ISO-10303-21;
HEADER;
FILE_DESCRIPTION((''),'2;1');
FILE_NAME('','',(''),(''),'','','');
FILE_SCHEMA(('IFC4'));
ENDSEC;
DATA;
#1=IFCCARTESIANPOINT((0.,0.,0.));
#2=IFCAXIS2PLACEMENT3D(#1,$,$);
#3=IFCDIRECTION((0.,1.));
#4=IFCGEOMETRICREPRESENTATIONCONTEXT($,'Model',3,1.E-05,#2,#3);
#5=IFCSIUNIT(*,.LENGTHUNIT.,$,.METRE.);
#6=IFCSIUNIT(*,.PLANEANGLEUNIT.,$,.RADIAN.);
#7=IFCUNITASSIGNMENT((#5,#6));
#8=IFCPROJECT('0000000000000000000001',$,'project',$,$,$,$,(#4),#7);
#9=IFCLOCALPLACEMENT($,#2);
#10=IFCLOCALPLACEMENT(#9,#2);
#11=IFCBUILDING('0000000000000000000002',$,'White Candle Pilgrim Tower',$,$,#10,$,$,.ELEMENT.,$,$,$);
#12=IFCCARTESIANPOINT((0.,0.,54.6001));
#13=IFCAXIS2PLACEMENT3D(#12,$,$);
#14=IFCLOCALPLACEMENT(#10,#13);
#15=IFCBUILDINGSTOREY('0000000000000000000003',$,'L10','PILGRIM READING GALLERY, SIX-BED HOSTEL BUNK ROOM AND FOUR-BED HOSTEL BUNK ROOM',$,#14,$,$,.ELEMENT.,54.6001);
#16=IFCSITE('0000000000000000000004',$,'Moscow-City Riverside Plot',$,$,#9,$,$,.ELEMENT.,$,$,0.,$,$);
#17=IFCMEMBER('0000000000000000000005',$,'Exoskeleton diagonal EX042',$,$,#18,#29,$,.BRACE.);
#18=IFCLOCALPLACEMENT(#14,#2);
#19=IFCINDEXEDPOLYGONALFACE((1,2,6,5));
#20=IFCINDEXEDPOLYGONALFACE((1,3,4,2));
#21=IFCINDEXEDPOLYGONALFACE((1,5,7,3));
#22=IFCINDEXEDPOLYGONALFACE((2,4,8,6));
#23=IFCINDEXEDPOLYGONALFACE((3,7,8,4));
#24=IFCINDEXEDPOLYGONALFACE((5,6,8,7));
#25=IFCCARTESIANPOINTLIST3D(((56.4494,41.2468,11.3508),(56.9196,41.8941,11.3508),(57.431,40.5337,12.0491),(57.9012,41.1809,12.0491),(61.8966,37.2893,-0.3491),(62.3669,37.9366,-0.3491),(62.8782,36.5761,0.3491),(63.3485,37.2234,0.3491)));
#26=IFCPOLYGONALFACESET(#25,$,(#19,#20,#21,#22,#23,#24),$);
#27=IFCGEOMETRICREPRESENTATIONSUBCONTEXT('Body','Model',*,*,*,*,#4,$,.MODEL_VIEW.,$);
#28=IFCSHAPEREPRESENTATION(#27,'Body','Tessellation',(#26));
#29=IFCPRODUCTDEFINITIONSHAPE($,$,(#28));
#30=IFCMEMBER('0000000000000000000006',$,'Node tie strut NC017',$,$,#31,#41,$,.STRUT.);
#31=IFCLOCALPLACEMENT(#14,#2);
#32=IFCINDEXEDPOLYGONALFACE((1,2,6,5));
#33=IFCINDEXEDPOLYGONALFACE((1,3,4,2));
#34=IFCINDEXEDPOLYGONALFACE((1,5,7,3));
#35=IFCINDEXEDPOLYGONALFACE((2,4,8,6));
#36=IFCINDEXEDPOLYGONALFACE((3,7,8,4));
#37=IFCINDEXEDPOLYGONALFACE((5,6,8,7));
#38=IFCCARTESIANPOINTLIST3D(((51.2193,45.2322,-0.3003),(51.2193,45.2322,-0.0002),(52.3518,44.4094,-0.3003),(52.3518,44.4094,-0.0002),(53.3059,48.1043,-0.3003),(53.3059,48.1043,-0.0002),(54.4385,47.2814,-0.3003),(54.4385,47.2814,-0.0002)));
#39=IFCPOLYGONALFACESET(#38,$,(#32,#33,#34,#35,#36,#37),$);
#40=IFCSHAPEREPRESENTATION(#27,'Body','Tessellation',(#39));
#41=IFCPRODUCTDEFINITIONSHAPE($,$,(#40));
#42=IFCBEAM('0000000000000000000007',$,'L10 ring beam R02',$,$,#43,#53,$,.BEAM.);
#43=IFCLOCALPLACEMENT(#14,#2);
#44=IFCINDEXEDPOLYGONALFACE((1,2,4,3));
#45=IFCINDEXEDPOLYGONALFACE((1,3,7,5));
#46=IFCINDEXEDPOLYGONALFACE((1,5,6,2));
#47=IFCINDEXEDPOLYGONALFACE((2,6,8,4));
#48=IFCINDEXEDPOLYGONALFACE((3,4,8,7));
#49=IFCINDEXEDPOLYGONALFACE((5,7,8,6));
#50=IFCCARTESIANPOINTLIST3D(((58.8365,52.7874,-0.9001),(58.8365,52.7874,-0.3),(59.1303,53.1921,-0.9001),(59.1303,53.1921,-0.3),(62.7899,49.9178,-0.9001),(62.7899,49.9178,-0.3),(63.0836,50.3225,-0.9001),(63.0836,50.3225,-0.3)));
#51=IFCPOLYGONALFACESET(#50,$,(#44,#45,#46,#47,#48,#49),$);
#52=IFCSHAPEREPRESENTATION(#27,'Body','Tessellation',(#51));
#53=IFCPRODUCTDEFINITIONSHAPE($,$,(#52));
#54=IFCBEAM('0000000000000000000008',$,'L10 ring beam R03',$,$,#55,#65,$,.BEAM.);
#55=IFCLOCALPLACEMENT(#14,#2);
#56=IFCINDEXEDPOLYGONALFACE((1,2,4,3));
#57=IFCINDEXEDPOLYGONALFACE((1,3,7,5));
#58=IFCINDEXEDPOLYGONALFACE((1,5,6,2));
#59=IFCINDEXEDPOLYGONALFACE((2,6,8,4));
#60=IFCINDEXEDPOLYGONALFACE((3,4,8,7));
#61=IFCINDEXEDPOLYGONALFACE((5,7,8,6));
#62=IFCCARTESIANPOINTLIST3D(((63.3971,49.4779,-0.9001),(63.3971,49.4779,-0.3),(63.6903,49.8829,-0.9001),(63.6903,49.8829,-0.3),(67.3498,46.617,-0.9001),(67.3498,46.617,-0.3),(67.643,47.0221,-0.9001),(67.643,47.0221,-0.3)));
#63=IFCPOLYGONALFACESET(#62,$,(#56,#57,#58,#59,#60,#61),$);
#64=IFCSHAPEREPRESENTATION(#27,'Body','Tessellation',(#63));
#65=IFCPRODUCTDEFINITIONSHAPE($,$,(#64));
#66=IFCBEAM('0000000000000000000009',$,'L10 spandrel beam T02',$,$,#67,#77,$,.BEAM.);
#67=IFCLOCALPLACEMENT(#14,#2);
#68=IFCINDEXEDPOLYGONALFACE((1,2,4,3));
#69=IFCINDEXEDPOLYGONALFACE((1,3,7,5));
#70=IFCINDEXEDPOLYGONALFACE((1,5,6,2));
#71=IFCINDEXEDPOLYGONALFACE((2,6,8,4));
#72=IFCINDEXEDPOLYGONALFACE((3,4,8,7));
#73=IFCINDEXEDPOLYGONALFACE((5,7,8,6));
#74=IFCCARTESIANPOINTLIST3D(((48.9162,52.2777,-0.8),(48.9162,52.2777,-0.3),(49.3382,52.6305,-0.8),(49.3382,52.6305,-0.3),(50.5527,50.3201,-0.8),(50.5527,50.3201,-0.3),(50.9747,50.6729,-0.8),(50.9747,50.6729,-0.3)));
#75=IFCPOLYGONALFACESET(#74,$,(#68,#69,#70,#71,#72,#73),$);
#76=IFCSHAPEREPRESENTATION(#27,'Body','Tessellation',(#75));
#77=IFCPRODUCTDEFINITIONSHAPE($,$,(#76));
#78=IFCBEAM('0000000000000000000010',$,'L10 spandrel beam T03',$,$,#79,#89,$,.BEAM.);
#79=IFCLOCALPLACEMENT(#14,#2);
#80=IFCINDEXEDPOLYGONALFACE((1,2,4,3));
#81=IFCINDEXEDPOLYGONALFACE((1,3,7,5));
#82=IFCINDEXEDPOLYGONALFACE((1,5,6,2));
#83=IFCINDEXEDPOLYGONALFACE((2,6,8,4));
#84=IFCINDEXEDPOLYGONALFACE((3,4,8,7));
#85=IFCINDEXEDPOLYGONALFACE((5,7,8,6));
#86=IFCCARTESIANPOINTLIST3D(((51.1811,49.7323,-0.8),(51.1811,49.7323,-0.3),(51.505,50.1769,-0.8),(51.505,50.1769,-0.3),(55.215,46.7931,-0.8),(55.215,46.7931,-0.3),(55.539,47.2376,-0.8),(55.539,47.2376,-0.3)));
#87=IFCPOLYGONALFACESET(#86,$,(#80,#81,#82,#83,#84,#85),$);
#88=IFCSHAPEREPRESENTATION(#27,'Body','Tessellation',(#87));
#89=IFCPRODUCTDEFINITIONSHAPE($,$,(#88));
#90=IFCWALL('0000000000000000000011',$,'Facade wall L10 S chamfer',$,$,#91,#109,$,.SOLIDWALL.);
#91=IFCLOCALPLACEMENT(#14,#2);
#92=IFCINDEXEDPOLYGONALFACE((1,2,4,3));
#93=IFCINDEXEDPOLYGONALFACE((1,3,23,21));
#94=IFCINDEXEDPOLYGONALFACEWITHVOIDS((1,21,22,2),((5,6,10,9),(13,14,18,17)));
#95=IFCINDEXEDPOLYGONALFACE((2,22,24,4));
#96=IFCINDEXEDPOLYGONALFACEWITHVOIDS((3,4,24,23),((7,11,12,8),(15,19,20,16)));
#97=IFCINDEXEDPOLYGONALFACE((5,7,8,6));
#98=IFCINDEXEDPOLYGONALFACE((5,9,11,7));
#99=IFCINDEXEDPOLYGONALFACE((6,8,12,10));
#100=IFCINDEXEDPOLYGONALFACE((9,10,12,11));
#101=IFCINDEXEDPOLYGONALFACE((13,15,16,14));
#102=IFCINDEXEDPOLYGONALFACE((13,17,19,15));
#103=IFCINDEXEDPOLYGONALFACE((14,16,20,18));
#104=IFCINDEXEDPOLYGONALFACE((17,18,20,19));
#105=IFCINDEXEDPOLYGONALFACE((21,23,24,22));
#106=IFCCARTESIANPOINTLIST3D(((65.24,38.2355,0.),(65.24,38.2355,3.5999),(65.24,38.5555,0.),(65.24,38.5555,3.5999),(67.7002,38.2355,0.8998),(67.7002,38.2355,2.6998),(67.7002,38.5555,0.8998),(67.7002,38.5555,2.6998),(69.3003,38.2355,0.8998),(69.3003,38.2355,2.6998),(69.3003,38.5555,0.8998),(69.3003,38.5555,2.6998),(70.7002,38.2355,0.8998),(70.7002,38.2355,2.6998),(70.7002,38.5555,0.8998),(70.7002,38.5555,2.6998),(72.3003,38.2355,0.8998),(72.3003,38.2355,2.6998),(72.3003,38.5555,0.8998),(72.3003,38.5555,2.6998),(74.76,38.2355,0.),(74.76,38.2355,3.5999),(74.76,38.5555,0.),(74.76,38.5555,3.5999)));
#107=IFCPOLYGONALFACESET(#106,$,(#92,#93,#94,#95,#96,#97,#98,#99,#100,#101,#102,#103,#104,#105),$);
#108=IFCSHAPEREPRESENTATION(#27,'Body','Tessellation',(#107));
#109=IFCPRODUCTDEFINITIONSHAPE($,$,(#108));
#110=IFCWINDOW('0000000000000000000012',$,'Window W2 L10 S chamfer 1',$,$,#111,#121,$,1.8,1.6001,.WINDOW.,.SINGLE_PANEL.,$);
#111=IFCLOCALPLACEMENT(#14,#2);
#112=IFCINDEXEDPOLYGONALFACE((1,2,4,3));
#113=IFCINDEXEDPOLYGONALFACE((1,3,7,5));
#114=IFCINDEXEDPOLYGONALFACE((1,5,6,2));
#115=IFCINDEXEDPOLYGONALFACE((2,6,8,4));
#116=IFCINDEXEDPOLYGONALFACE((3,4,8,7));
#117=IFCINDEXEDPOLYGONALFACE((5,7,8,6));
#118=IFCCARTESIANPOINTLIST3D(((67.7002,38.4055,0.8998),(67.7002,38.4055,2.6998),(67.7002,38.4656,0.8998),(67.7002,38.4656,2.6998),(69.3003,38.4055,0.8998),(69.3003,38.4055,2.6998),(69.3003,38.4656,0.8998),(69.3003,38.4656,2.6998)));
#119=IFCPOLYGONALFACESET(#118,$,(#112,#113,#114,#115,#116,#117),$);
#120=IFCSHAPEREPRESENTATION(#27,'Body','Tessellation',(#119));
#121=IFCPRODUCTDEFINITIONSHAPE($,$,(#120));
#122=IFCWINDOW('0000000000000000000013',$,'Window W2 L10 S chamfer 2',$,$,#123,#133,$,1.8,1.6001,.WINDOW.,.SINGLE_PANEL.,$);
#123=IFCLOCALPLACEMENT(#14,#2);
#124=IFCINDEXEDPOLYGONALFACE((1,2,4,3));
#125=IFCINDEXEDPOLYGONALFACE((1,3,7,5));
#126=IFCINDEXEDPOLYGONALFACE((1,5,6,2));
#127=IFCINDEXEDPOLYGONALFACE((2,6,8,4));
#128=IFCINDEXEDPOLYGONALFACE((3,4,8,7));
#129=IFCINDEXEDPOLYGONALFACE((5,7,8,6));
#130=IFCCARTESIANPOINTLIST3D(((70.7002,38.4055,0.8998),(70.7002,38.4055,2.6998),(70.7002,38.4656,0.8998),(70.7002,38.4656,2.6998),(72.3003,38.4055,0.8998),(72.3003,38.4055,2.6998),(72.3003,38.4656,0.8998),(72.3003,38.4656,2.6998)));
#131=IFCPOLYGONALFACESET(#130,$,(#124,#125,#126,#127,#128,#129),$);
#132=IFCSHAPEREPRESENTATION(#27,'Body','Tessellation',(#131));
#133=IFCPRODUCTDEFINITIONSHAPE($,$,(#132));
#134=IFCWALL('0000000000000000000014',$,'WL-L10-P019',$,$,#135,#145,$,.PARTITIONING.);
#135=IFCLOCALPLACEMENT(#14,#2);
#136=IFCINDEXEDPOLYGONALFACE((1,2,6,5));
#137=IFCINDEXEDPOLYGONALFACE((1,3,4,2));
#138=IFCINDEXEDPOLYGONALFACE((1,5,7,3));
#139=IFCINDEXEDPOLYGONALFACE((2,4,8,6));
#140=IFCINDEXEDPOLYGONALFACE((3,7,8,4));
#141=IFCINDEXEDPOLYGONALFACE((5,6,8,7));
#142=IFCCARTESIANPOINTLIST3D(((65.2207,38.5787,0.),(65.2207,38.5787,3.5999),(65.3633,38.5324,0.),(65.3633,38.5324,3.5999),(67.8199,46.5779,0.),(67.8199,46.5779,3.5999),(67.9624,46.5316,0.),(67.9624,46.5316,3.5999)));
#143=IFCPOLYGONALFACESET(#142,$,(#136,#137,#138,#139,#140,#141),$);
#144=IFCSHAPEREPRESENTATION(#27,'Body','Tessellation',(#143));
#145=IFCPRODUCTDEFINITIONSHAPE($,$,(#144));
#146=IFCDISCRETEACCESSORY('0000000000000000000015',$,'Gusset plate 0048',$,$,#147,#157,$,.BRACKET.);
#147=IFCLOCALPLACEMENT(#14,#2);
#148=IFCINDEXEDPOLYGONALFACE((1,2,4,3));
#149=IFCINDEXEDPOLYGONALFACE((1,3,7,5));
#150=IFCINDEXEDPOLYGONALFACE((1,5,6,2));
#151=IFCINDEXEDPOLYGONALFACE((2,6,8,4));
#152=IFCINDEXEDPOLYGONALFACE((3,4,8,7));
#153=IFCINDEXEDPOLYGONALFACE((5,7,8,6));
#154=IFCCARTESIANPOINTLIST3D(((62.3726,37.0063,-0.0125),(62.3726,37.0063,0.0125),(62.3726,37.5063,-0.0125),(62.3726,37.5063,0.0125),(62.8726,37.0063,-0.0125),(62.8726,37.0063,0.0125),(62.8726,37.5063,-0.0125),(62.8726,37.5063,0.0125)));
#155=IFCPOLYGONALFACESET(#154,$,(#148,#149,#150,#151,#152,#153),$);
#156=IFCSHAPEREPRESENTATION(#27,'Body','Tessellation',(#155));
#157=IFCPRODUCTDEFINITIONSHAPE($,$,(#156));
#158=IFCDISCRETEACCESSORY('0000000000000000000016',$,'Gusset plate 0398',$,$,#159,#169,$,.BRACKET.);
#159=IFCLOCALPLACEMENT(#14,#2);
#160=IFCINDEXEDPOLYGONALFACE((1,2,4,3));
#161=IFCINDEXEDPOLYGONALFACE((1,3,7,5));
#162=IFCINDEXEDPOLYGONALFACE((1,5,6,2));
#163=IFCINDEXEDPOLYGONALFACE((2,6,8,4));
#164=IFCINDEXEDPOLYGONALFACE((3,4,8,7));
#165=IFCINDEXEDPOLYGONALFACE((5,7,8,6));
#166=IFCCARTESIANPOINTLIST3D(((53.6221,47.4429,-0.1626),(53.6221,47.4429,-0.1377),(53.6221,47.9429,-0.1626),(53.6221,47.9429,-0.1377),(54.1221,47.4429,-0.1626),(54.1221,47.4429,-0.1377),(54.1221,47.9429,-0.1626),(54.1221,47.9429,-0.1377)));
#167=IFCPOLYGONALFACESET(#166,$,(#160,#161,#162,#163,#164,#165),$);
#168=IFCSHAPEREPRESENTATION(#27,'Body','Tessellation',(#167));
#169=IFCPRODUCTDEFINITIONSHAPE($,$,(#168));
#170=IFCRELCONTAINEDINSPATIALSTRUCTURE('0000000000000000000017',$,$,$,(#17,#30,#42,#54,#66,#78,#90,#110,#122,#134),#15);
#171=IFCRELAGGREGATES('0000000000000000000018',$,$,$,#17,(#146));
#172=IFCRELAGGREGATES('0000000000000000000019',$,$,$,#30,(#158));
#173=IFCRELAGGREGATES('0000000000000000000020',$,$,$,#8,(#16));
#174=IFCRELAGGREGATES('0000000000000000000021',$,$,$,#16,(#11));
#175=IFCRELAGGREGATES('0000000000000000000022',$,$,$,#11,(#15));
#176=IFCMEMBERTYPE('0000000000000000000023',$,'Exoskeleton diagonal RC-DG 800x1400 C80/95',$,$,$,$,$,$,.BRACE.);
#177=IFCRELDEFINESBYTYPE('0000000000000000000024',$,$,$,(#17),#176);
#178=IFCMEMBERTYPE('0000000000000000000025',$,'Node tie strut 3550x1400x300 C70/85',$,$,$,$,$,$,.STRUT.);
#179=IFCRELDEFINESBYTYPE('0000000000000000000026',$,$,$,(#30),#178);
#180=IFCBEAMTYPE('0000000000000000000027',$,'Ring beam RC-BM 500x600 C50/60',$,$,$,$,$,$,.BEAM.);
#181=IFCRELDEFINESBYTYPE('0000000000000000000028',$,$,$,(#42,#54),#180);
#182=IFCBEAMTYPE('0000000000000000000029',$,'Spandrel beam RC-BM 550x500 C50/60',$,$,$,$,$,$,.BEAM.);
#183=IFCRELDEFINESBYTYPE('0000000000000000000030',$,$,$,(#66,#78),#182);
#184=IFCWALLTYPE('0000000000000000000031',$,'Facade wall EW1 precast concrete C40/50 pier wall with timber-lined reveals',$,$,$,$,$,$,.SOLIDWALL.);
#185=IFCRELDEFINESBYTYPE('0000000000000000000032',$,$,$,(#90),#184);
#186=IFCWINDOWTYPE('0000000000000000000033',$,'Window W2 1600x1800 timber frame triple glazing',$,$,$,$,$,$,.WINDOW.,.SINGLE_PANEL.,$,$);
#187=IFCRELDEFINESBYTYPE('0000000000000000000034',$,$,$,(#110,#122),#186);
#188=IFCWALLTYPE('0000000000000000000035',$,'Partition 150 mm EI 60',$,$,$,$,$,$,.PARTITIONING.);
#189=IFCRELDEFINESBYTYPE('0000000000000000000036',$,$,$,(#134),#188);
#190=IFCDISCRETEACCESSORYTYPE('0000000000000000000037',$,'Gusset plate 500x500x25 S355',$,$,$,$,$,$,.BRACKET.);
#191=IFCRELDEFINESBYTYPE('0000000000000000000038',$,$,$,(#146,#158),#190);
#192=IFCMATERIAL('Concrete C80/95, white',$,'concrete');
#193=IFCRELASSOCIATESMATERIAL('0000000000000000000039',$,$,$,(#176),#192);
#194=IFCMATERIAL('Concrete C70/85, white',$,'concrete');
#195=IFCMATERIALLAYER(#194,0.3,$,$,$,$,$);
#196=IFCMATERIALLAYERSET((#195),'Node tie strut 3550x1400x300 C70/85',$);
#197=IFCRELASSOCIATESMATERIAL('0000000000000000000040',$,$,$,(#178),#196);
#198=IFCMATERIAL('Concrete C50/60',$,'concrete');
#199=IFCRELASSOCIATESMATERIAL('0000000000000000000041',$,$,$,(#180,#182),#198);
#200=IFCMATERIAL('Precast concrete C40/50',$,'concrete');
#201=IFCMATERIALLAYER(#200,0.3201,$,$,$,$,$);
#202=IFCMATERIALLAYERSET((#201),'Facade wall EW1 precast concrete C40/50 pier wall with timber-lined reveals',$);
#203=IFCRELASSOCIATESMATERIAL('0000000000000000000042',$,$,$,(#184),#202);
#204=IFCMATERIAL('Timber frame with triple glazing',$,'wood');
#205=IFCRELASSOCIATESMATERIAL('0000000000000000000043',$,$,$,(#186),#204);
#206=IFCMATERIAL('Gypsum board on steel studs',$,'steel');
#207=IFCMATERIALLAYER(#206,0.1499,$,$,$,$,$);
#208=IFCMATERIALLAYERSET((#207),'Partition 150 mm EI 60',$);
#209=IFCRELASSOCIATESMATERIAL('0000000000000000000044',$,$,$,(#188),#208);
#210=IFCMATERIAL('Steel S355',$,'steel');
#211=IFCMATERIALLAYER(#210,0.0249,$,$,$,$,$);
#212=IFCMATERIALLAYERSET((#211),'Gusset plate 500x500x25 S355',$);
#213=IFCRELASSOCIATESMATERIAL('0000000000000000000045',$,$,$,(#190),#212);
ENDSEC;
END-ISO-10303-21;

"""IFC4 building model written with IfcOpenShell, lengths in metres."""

from ifc_helpers import new_model, si_unit, direction, frame, frame_2d, origin, origin_2d, place, context, subcontext, project, spatial, rectangle, extrude, material, layer, layer_set, material_profile, profile_set, type_object, element, fill, aggregate, save


model = new_model("IFC4")

# Units and contexts
model_context = context("Model", 3, precision=1e-05, world=origin(), true_north=direction((0.0, 1.0)))
body_context = subcontext(model_context, "Body", "Model", "MODEL_VIEW")
ifc_project = project(units=[si_unit("LENGTHUNIT", "METRE"), si_unit("PLANEANGLEUNIT", "RADIAN")], contexts=[model_context])

# Site, building, storey
site_placement = place(None, origin())
site = spatial("IfcSite", under=ifc_project, at=site_placement, Name="Moscow-City Riverside Plot", CompositionType="ELEMENT", RefElevation=0.0)
building_placement = place(site_placement, origin())
building = spatial("IfcBuilding", under=site, at=building_placement, Name="White Candle Pilgrim Tower", CompositionType="ELEMENT")
storey_placement = place(building_placement, frame((0.0, 0.0, 54.6001)))
storey = spatial("IfcBuildingStorey", under=building, at=storey_placement, Name="L10", Description="PILGRIM READING GALLERY, SIX-BED HOSTEL BUNK ROOM AND FOUR-BED HOSTEL BUNK ROOM", CompositionType="ELEMENT", Elevation=54.6001)

# Members
ifc_material_1 = material(Name="Concrete C80/95, white", Category="concrete")
ifc_material_profile_1 = material_profile(ifc_material_1, rectangle(XDim=0.8, YDim=1.3999, at=origin_2d()), Name="RC-DG 800x1400")
ifc_profile_set_1 = profile_set([ifc_material_profile_1], Name="Concrete C80/95, white")
member_type_1 = type_object("IfcMemberType", Name="Exoskeleton diagonal RC-DG 800x1400 C80/95", PredefinedType="BRACE", material=ifc_profile_set_1)
member_1_placement = place(storey_placement, frame((62.6226, 37.2563, 0.0), z_axis=(-0.40353, 0.293171, 0.866726), x_axis=(-0.587771, -0.809028, 0.0)))
member_1 = element("IfcMember", 1, at=member_1_placement, inside=storey, type_object=member_type_1, Name="Exoskeleton diagonal EX042", PredefinedType="BRACE", context=body_context, shape_type="SweptSolid", body=[
    extrude(rectangle(XDim=0.8, YDim=1.3999, at=origin_2d()), origin(), (0.0, 0.0, 1.0), 13.499),
])
ifc_material_2 = material(Name="Concrete C70/85, white", Category="concrete")
ifc_layer_1 = layer(ifc_material_2, 0.3)
ifc_layer_set_1 = layer_set([ifc_layer_1], Name="Node tie strut 3550x1400x300 C70/85")
member_type_2 = type_object("IfcMemberType", Name="Node tie strut 3550x1400x300 C70/85", PredefinedType="STRUT", material=ifc_layer_set_1)
member_2_placement = place(storey_placement, frame((52.8289, 46.2568, -0.3003), z_axis=(0.0, 0.0, 1.0), x_axis=(0.809017, -0.587785, 0.0)))
member_2 = element("IfcMember", 2, at=member_2_placement, inside=storey, type_object=member_type_2, Name="Node tie strut NC017", PredefinedType="STRUT", context=body_context, shape_type="SweptSolid", body=[
    extrude(rectangle(XDim=1.3999, YDim=3.55, at=origin_2d()), origin(), (0.0, 0.0, 1.0), 0.3),
])

# Beams
ifc_material_3 = material(Name="Concrete C50/60", Category="concrete")
ifc_material_profile_2 = material_profile(ifc_material_3, rectangle(XDim=0.5, YDim=0.6001, at=origin_2d()), Name="RC-BM 500x600")
ifc_profile_set_2 = profile_set([ifc_material_profile_2], Name="Concrete C50/60")
beam_type_1 = type_object("IfcBeamType", Name="Ring beam RC-BM 500x600 C50/60", PredefinedType="BEAM", material=ifc_profile_set_2)
beam_1_placement = place(storey_placement, frame((58.9834, 52.9897, -0.6001), z_axis=(0.809276, -0.587429, 0.0), x_axis=(0.587429, 0.809276, 0.0)))
element("IfcBeam", 3, at=beam_1_placement, inside=storey, type_object=beam_type_1, Name="L10 ring beam R02", PredefinedType="BEAM", context=body_context, shape_type="SweptSolid", body=[
    extrude(rectangle(XDim=0.5, YDim=0.6001, at=origin_2d()), origin(), (0.0, 0.0, 1.0), 4.885),
])
beam_2_placement = place(storey_placement, frame((63.5437, 49.6804, -0.6001), z_axis=(0.81008, -0.58632, 0.0), x_axis=(0.58632, 0.81008, 0.0)))
element("IfcBeam", 4, at=beam_2_placement, inside=storey, type_object=beam_type_1, Name="L10 ring beam R03", PredefinedType="BEAM", context=body_context, shape_type="SweptSolid", body=[
    extrude(rectangle(XDim=0.5, YDim=0.6001, at=origin_2d()), origin(), (0.0, 0.0, 1.0), 4.8794),
])
ifc_material_profile_3 = material_profile(ifc_material_3, rectangle(XDim=0.55, YDim=0.5, at=origin_2d()), Name="RC-BM 550x500")
ifc_profile_set_3 = profile_set([ifc_material_profile_3], Name="Concrete C50/60")
beam_type_2 = type_object("IfcBeamType", Name="Spandrel beam RC-BM 550x500 C50/60", PredefinedType="BEAM", material=ifc_profile_set_3)
beam_3_placement = place(storey_placement, frame((49.1272, 52.4541, -0.55), z_axis=(0.641388, -0.767216, 0.0), x_axis=(0.767216, 0.641388, 0.0)))
element("IfcBeam", 5, at=beam_3_placement, inside=storey, type_object=beam_type_2, Name="L10 spandrel beam T02", PredefinedType="BEAM", context=body_context, shape_type="SweptSolid", body=[
    extrude(rectangle(XDim=0.55, YDim=0.5, at=origin_2d()), origin(), (0.0, 0.0, 1.0), 2.5515),
])
beam_4_placement = place(storey_placement, frame((51.343, 49.9546, -0.55), z_axis=(0.808218, -0.588884, 0.0), x_axis=(0.588884, 0.808218, 0.0)))
element("IfcBeam", 6, at=beam_4_placement, inside=storey, type_object=beam_type_2, Name="L10 spandrel beam T03", PredefinedType="BEAM", context=body_context, shape_type="SweptSolid", body=[
    extrude(rectangle(XDim=0.55, YDim=0.5, at=origin_2d()), origin(), (0.0, 0.0, 1.0), 4.9912),
])

# Wall, openings, windows
ifc_material_4 = material(Name="Precast concrete C40/50", Category="concrete")
ifc_layer_2 = layer(ifc_material_4, 0.3201)
ifc_layer_set_2 = layer_set([ifc_layer_2], Name="Facade wall EW1 precast concrete C40/50 pier wall with timber-lined reveals")
wall_type_1 = type_object("IfcWallType", Name="Facade wall EW1 precast concrete C40/50 pier wall with timber-lined reveals", PredefinedType="SOLIDWALL", material=ifc_layer_set_2)
wall_1_placement = place(storey_placement, frame((65.24, 38.3955, 0.0), z_axis=(0.0, 0.0, 1.0), x_axis=(1.0, 0.0, 0.0)))
wall_1 = element("IfcWall", 7, at=wall_1_placement, inside=storey, type_object=wall_type_1, Name="Facade wall L10 S chamfer", PredefinedType="SOLIDWALL", context=body_context, shape_type="SweptSolid", body=[
    extrude(rectangle(XDim=9.52, YDim=0.3201, at=frame_2d((4.76, 0.0))), origin(), (0.0, 0.0, 1.0), 3.5999),
])
opening_1_placement = place(wall_1_placement, frame((2.4602, 0.0, 0.8999)))
opening_1 = element("IfcOpeningElement", 8, at=opening_1_placement, cuts=wall_1, PredefinedType="OPENING", context=body_context, shape_type="SweptSolid", body=[
    extrude(rectangle(XDim=1.6001, YDim=1.8, at=frame_2d((0.8, 0.8999))), frame((0.0, 0.1699, 0.0), z_axis=(0.0, -1.0, 0.0), x_axis=(1.0, 0.0, 0.0)), (0.0, 0.0, 1.0), 0.3401),
])
opening_2_placement = place(wall_1_placement, frame((5.4602, 0.0, 0.8999)))
opening_2 = element("IfcOpeningElement", 9, at=opening_2_placement, cuts=wall_1, PredefinedType="OPENING", context=body_context, shape_type="SweptSolid", body=[
    extrude(rectangle(XDim=1.6001, YDim=1.8, at=frame_2d((0.8, 0.8999))), frame((0.0, 0.1699, 0.0), z_axis=(0.0, -1.0, 0.0), x_axis=(1.0, 0.0, 0.0)), (0.0, 0.0, 1.0), 0.3401),
])
ifc_material_5 = material(Name="Timber frame with triple glazing", Category="wood")
window_type = type_object("IfcWindowType", Name="Window W2 1600x1800 timber frame triple glazing", PartitioningType="SINGLE_PANEL", PredefinedType="WINDOW", material=ifc_material_5)
window_1_placement = place(opening_1_placement, origin())
window_1 = element("IfcWindow", 10, at=window_1_placement, inside=storey, type_object=window_type, Name="Window W2 L10 S chamfer 1", OverallHeight=1.8, OverallWidth=1.6001, PartitioningType="SINGLE_PANEL", PredefinedType="WINDOW", context=body_context, shape_type="SweptSolid", body=[
    extrude(rectangle(XDim=1.6001, YDim=1.8, at=frame_2d((0.8, 0.8999))), frame((0.0, 0.0701, 0.0), z_axis=(0.0, -1.0, 0.0), x_axis=(1.0, 0.0, 0.0)), (0.0, 0.0, 1.0), 0.0601),
])
fill(opening_1, window_1)
window_2_placement = place(opening_2_placement, origin())
window_2 = element("IfcWindow", 11, at=window_2_placement, inside=storey, type_object=window_type, Name="Window W2 L10 S chamfer 2", OverallHeight=1.8, OverallWidth=1.6001, PartitioningType="SINGLE_PANEL", PredefinedType="WINDOW", context=body_context, shape_type="SweptSolid", body=[
    extrude(rectangle(XDim=1.6001, YDim=1.8, at=frame_2d((0.8, 0.8999))), frame((0.0, 0.0701, 0.0), z_axis=(0.0, -1.0, 0.0), x_axis=(1.0, 0.0, 0.0)), (0.0, 0.0, 1.0), 0.0601),
])
fill(opening_2, window_2)

# Wall
ifc_material_6 = material(Name="Gypsum board on steel studs", Category="steel")
ifc_layer_3 = layer(ifc_material_6, 0.1499)
ifc_layer_set_3 = layer_set([ifc_layer_3], Name="Partition 150 mm EI 60")
wall_type_2 = type_object("IfcWallType", Name="Partition 150 mm EI 60", PredefinedType="PARTITIONING", material=ifc_layer_set_3)
wall_2_placement = place(storey_placement, frame((65.292, 38.5554, 0.0), z_axis=(0.0, 0.0, 1.0), x_axis=(0.309017, 0.951056, 0.0)))
element("IfcWall", 12, at=wall_2_placement, inside=storey, type_object=wall_type_2, Name="WL-L10-P019", PredefinedType="PARTITIONING", context=body_context, shape_type="SweptSolid", body=[
    extrude(rectangle(XDim=8.4109, YDim=0.1499, at=frame_2d((4.2056, 0.0))), origin(), (0.0, 0.0, 1.0), 3.5999),
])

# Discrete accessories
ifc_material_7 = material(Name="Steel S355", Category="steel")
ifc_layer_4 = layer(ifc_material_7, 0.0249)
ifc_layer_set_4 = layer_set([ifc_layer_4], Name="Gusset plate 500x500x25 S355")
discrete_accessory_type = type_object("IfcDiscreteAccessoryType", Name="Gusset plate 500x500x25 S355", PredefinedType="BRACKET", material=ifc_layer_set_4)
discrete_accessory_1_placement = place(storey_placement, frame((62.6226, 37.2563, -0.0125), z_axis=(0.0, 0.0, 1.0), x_axis=(1.0, 0.0, 0.0)))
discrete_accessory_1 = element("IfcDiscreteAccessory", 13, at=discrete_accessory_1_placement, type_object=discrete_accessory_type, Name="Gusset plate 0048", PredefinedType="BRACKET", context=body_context, shape_type="SweptSolid", body=[
    extrude(rectangle(XDim=0.5, YDim=0.5, at=origin_2d()), origin(), (0.0, 0.0, 1.0), 0.0249),
])
aggregate(member_1, [discrete_accessory_1])
discrete_accessory_2_placement = place(storey_placement, frame((53.8721, 47.6929, -0.1626), z_axis=(0.0, 0.0, 1.0), x_axis=(1.0, 0.0, 0.0)))
discrete_accessory_2 = element("IfcDiscreteAccessory", 14, at=discrete_accessory_2_placement, type_object=discrete_accessory_type, Name="Gusset plate 0398", PredefinedType="BRACKET", context=body_context, shape_type="SweptSolid", body=[
    extrude(rectangle(XDim=0.5, YDim=0.5, at=origin_2d()), origin(), (0.0, 0.0, 1.0), 0.0249),
])
aggregate(member_2, [discrete_accessory_2])

save(model, "model.ifc")
